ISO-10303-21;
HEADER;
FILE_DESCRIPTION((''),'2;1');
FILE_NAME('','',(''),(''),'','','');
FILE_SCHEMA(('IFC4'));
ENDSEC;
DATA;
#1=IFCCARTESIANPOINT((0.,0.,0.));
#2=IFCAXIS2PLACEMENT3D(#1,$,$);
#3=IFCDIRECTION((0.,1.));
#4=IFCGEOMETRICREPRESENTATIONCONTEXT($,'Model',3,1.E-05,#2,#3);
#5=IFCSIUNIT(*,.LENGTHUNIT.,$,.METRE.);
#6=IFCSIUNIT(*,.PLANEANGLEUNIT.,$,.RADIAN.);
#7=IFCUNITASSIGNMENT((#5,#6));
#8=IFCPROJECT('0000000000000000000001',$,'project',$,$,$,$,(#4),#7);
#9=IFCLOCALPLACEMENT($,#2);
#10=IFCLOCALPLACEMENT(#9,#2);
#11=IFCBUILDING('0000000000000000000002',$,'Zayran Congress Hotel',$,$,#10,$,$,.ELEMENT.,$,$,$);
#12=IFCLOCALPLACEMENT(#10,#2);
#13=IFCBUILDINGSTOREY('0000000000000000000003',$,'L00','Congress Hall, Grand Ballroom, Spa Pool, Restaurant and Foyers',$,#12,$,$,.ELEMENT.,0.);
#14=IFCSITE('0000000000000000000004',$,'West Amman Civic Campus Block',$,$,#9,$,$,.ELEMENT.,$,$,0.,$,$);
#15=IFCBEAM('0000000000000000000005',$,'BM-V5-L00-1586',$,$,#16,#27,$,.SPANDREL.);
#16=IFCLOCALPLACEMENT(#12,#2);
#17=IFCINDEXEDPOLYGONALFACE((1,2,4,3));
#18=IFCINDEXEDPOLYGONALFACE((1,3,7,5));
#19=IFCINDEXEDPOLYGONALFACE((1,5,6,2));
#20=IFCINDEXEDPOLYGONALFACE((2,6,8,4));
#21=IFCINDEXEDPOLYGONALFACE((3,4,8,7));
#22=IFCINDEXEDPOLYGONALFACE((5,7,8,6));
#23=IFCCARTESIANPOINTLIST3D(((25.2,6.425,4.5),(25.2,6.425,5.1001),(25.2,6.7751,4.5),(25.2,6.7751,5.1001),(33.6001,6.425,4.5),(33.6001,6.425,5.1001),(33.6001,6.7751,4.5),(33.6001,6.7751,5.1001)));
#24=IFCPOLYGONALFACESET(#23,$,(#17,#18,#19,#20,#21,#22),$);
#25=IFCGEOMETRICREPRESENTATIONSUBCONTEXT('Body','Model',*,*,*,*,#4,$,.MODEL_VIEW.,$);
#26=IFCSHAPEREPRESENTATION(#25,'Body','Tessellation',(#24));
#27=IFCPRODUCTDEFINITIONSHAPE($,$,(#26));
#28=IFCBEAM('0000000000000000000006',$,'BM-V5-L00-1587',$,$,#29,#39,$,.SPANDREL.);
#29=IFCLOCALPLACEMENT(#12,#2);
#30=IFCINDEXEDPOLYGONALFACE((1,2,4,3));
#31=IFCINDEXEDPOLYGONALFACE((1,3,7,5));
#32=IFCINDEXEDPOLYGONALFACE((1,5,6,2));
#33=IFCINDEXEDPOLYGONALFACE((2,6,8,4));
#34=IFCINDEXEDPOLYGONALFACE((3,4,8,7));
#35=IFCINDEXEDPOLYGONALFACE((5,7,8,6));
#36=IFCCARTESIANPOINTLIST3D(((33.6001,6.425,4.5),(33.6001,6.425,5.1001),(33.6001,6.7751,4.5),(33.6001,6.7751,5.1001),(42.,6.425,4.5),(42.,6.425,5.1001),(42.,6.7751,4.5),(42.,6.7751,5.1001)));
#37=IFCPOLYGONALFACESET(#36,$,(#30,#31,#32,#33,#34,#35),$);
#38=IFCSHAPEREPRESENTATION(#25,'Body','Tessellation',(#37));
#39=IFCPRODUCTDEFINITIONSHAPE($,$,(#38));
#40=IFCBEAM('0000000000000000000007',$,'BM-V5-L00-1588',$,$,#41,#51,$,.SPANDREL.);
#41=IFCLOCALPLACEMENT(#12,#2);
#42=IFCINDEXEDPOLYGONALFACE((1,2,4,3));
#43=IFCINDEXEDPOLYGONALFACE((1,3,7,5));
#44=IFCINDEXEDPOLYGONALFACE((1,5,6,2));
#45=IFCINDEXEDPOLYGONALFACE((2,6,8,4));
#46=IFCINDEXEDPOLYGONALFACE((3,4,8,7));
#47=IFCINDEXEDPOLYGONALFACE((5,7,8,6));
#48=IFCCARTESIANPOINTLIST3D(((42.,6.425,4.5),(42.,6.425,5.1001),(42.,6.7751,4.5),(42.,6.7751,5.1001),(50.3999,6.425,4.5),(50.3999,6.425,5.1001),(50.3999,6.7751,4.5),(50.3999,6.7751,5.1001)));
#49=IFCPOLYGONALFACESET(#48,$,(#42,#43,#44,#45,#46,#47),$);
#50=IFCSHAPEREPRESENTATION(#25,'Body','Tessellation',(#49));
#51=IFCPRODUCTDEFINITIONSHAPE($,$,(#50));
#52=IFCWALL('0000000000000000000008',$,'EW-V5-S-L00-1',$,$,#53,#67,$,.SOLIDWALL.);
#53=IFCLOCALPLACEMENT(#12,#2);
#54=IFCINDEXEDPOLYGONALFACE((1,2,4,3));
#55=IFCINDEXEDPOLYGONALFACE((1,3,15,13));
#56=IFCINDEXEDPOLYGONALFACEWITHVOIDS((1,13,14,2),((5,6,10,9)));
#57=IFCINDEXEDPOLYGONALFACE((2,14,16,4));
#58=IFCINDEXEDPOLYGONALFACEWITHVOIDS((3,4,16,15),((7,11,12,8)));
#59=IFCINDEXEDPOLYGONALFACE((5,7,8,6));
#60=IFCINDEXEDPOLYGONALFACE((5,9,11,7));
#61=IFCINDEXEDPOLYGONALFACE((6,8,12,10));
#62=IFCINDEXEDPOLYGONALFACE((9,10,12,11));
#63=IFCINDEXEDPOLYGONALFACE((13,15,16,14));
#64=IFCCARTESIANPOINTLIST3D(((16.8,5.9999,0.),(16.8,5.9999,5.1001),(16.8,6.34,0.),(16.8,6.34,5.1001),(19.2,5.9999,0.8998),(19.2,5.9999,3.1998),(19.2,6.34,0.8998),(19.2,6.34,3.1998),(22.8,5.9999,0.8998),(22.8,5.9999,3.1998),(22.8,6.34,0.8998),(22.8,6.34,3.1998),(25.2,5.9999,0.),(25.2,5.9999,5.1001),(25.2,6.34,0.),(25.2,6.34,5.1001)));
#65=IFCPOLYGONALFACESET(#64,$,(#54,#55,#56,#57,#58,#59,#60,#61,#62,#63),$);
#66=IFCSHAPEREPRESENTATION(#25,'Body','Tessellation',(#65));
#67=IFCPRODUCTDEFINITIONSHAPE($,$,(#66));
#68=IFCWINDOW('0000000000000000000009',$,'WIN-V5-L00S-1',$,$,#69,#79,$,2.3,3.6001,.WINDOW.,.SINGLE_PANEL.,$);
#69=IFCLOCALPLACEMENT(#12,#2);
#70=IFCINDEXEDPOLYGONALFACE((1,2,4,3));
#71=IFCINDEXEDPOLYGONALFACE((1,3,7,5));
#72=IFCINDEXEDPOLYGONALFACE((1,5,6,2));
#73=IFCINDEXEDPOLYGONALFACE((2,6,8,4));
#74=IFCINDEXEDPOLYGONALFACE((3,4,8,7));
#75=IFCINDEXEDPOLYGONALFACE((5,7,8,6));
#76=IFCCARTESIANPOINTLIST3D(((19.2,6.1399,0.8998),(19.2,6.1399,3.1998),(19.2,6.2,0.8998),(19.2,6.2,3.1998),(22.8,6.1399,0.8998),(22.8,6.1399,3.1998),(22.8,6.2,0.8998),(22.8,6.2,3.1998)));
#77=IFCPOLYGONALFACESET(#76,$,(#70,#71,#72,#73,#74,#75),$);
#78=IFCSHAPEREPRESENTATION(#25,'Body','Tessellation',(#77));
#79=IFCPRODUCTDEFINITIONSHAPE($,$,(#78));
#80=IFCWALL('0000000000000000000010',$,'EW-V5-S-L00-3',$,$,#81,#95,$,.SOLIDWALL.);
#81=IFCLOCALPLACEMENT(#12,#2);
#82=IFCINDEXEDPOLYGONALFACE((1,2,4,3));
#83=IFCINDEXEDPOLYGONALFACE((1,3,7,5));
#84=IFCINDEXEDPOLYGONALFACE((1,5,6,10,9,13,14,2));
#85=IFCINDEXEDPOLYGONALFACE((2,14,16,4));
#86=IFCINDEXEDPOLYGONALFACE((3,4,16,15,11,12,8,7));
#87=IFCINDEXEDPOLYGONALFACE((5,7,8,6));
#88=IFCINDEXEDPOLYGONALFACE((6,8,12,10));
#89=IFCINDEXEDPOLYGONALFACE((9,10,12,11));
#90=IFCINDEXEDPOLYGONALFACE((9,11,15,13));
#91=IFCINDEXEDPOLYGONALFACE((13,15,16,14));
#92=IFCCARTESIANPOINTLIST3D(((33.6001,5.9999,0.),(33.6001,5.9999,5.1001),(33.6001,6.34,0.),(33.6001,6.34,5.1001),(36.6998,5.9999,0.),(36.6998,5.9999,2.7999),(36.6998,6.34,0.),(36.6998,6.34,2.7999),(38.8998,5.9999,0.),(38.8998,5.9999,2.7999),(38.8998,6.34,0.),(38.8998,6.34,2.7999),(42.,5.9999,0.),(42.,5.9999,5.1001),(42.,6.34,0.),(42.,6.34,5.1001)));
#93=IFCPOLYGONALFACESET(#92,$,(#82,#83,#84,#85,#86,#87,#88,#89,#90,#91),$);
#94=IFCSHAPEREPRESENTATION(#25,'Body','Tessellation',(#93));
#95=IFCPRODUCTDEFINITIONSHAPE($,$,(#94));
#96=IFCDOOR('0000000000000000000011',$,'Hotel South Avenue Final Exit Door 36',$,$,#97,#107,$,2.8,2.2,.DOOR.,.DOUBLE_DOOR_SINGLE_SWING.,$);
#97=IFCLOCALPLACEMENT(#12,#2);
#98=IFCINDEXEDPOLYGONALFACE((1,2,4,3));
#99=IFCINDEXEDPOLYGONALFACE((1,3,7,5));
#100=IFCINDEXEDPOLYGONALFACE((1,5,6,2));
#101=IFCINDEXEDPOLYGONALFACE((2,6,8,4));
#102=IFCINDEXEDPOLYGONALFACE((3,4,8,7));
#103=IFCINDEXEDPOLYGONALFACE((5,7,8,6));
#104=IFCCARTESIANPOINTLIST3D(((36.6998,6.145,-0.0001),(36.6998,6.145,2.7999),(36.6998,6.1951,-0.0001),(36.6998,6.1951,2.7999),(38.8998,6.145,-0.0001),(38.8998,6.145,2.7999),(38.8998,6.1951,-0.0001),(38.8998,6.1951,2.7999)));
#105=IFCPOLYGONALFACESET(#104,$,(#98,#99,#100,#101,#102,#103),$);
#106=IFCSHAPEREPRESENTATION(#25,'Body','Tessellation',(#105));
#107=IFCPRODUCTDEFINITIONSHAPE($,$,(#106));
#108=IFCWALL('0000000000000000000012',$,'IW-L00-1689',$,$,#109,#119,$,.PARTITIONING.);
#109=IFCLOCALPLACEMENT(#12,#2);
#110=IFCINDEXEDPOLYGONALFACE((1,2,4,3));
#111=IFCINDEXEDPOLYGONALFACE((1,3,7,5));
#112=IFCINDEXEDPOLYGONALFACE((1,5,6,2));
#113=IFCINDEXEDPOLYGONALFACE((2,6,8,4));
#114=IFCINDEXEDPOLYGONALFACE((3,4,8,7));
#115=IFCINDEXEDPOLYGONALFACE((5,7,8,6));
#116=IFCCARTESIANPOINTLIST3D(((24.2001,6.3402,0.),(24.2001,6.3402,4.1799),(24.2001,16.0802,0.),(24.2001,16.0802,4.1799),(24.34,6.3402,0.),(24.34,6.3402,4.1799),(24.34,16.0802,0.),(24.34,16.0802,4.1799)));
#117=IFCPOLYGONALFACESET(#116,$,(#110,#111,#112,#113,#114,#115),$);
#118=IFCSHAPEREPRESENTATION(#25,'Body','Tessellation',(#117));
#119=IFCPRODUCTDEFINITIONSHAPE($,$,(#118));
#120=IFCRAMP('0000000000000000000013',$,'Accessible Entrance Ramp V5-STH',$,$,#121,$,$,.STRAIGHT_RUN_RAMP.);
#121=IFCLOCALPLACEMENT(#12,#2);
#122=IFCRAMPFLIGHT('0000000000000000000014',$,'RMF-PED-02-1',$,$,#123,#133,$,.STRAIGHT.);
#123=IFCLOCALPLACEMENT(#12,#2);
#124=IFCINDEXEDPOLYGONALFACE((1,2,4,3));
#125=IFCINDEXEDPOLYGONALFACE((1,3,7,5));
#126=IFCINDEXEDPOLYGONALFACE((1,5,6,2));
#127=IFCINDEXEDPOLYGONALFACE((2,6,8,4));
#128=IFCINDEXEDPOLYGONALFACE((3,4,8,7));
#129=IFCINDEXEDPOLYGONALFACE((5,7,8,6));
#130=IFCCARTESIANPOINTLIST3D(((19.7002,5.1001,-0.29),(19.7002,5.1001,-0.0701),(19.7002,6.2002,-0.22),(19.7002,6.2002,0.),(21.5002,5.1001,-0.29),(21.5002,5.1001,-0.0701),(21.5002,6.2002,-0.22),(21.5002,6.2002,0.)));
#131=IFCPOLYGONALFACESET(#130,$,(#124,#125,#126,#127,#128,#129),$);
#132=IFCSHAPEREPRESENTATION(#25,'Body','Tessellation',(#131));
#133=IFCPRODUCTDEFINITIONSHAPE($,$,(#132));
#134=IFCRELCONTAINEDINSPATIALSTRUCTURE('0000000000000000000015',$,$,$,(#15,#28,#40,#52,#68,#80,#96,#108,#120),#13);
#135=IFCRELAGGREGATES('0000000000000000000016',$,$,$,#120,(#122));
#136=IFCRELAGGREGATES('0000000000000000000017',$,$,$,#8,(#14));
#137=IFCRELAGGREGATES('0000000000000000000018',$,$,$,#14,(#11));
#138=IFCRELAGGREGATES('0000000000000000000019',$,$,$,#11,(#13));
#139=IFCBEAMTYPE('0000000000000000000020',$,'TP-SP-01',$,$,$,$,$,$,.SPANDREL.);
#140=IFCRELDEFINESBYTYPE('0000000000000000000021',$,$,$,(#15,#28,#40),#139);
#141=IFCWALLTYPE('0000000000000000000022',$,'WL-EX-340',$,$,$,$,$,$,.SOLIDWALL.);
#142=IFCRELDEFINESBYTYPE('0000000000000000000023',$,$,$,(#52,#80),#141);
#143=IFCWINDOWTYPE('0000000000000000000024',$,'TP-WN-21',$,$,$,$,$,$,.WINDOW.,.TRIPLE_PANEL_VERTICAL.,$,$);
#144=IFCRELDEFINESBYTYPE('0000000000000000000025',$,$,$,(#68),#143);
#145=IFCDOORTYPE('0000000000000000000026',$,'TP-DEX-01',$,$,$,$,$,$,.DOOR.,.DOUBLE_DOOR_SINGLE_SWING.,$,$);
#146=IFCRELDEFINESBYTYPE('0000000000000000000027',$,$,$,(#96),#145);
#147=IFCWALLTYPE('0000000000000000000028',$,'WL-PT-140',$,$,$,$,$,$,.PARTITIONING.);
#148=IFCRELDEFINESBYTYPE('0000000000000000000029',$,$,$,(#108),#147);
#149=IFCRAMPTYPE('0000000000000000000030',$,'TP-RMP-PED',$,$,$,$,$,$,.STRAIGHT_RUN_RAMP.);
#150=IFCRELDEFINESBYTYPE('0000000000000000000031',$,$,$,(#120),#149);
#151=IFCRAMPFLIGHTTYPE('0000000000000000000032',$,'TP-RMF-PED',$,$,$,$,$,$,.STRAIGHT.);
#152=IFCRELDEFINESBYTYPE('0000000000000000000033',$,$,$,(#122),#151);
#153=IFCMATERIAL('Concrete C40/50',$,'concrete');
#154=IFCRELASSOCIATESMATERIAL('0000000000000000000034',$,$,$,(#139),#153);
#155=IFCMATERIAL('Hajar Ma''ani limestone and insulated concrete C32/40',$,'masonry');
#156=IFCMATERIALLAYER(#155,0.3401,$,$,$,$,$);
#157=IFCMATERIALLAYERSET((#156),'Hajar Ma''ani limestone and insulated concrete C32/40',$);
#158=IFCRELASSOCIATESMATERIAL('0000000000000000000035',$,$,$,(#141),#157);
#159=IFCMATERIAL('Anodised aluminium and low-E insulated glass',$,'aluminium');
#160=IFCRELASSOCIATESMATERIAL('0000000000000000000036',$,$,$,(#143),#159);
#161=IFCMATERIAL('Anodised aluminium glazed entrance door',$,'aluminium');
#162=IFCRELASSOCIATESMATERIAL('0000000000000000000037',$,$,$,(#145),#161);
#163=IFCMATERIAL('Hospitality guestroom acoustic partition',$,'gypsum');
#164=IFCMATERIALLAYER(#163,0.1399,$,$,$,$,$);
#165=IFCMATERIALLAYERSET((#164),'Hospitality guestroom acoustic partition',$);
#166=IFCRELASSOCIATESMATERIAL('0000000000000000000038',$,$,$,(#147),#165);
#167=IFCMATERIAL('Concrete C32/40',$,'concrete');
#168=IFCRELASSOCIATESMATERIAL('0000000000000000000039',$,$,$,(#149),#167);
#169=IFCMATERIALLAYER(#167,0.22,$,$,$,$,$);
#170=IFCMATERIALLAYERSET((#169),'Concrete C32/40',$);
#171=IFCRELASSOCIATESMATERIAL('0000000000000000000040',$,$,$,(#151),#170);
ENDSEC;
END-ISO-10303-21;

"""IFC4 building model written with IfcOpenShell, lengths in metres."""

from ifc_helpers import new_model, si_unit, direction, frame, frame_2d, origin, origin_2d, place, context, subcontext, project, spatial, polyline, rectangle, outline, extrude, material, layer, layer_set, material_profile, profile_set, type_object, element, fill, aggregate, save


model = new_model("IFC4")

# Units and contexts
model_context = context("Model", 3, precision=1e-05, world=origin(), true_north=direction((0.0, 1.0)))
body_context = subcontext(model_context, "Body", "Model", "MODEL_VIEW")
ifc_project = project(units=[si_unit("LENGTHUNIT", "METRE"), si_unit("PLANEANGLEUNIT", "RADIAN")], contexts=[model_context])

# Site, building, storey
site_placement = place(None, origin())
site = spatial("IfcSite", under=ifc_project, at=site_placement, Name="West Amman Civic Campus Block", CompositionType="ELEMENT", RefElevation=0.0)
building_placement = place(site_placement, origin())
building = spatial("IfcBuilding", under=site, at=building_placement, Name="Zayran Congress Hotel", CompositionType="ELEMENT")
storey_placement = place(building_placement, origin())
storey = spatial("IfcBuildingStorey", under=building, at=storey_placement, Name="L00", Description="Congress Hall, Grand Ballroom, Spa Pool, Restaurant and Foyers", CompositionType="ELEMENT", Elevation=0.0)

# Shared definitions
ifc_material_1 = material(Name="Concrete C40/50", Category="concrete")

# Beams
ifc_material_profile_1 = material_profile(ifc_material_1, rectangle(XDim=0.3501, YDim=0.6001, at=origin_2d()), Name="RC 350x600")
ifc_profile_set_1 = profile_set([ifc_material_profile_1], Name="Concrete C40/50")
beam_type_1 = type_object("IfcBeamType", Name="TP-SP-01", PredefinedType="SPANDREL", material=ifc_profile_set_1)
beam_1_placement = place(storey_placement, frame((25.2, 6.6001, 4.8), z_axis=(1.0, 0.0, 0.0), x_axis=(0.0, 1.0, 0.0)))
element("IfcBeam", 1, at=beam_1_placement, inside=storey, type_object=beam_type_1, Name="BM-V5-L00-1586", PredefinedType="SPANDREL", context=body_context, shape_type="SweptSolid", body=[
    extrude(rectangle(XDim=0.3501, YDim=0.6001, at=origin_2d()), origin(), (0.0, 0.0, 1.0), 8.4001),
])
for number, where, z_axis, x_axis, name in (
    (2, (33.6001, 6.6001, 4.8), (1.0, 0.0, 0.0), (0.0, 1.0, 0.0), "BM-V5-L00-1587"),
    (3, (42.0, 6.6001, 4.8), (1.0, 0.0, 0.0), (0.0, 1.0, 0.0), "BM-V5-L00-1588"),
):
    element("IfcBeam", number, at=place(storey_placement, frame(where, z_axis=z_axis, x_axis=x_axis)), inside=storey, type_object=beam_type_1, Name=name, PredefinedType="SPANDREL", context=body_context, shape_type="SweptSolid", body=[
        extrude(rectangle(XDim=0.3501, YDim=0.6001, at=origin_2d()), origin(), (0.0, 0.0, 1.0), 8.3999),
    ])

# Wall, opening, window
ifc_material_2 = material(Name="Hajar Ma'ani limestone and insulated concrete C32/40", Category="masonry")
ifc_layer_1 = layer(ifc_material_2, 0.3401)
ifc_layer_set_1 = layer_set([ifc_layer_1], Name="Hajar Ma'ani limestone and insulated concrete C32/40")
wall_type_1 = type_object("IfcWallType", Name="WL-EX-340", PredefinedType="SOLIDWALL", material=ifc_layer_set_1)
wall_1_placement = place(storey_placement, frame((25.2, 6.1699, 0.0), z_axis=(0.0, 0.0, 1.0), x_axis=(-1.0, 0.0, 0.0)))
wall_1 = element("IfcWall", 4, at=wall_1_placement, inside=storey, type_object=wall_type_1, Name="EW-V5-S-L00-1", PredefinedType="SOLIDWALL", context=body_context, shape_type="SweptSolid", body=[
    extrude(rectangle(XDim=8.3999, YDim=0.3401, at=frame_2d((4.2, 0.0))), origin(), (0.0, 0.0, 1.0), 5.1001),
])
opening_1_placement = place(wall_1_placement, frame((2.3999, 0.0, 0.8999)))
opening_1 = element("IfcOpeningElement", 5, at=opening_1_placement, cuts=wall_1, PredefinedType="OPENING", context=body_context, shape_type="SweptSolid", body=[
    extrude(rectangle(XDim=3.6001, YDim=2.3, at=frame_2d((1.8, 1.1499))), frame((0.0, 0.1799, 0.0), z_axis=(0.0, -1.0, 0.0), x_axis=(1.0, 0.0, 0.0)), (0.0, 0.0, 1.0), 0.3601),
])
ifc_material_3 = material(Name="Anodised aluminium and low-E insulated glass", Category="aluminium")
window_type = type_object("IfcWindowType", Name="TP-WN-21", PartitioningType="TRIPLE_PANEL_VERTICAL", PredefinedType="WINDOW", material=ifc_material_3)
window_placement = place(opening_1_placement, origin())
window = element("IfcWindow", 6, at=window_placement, inside=storey, type_object=window_type, Name="WIN-V5-L00S-1", OverallHeight=2.3, OverallWidth=3.6001, PartitioningType="SINGLE_PANEL", PredefinedType="WINDOW", context=body_context, shape_type="SweptSolid", body=[
    extrude(rectangle(XDim=3.6001, YDim=2.3, at=frame_2d((1.8, 1.1499))), frame((0.0, 0.03, 0.0), z_axis=(0.0, -1.0, 0.0), x_axis=(1.0, 0.0, 0.0)), (0.0, 0.0, 1.0), 0.0601),
])
fill(opening_1, window)

# Wall, opening, door
wall_2_placement = place(storey_placement, frame((42.0, 6.1699, 0.0), z_axis=(0.0, 0.0, 1.0), x_axis=(-1.0, 0.0, 0.0)))
wall_2 = element("IfcWall", 7, at=wall_2_placement, inside=storey, type_object=wall_type_1, Name="EW-V5-S-L00-3", PredefinedType="SOLIDWALL", context=body_context, shape_type="SweptSolid", body=[
    extrude(rectangle(XDim=8.3999, YDim=0.3401, at=frame_2d((4.2, 0.0))), origin(), (0.0, 0.0, 1.0), 5.1001),
])
opening_2_placement = place(wall_2_placement, frame((3.1001, 0.0, 0.0)))
opening_2 = element("IfcOpeningElement", 8, at=opening_2_placement, cuts=wall_2, PredefinedType="OPENING", context=body_context, shape_type="SweptSolid", body=[
    extrude(rectangle(XDim=2.2, YDim=2.8, at=frame_2d((1.1001, 1.3999))), frame((0.0, 0.1799, 0.0), z_axis=(0.0, -1.0, 0.0), x_axis=(1.0, 0.0, 0.0)), (0.0, 0.0, 1.0), 0.3601),
])
ifc_material_4 = material(Name="Anodised aluminium glazed entrance door", Category="aluminium")
door_type_1 = type_object("IfcDoorType", Name="TP-DEX-01", OperationType="DOUBLE_DOOR_SINGLE_SWING", PredefinedType="DOOR", material=ifc_material_4)
door_1_placement = place(opening_2_placement, origin())
door_1 = element("IfcDoor", 9, at=door_1_placement, inside=storey, type_object=door_type_1, Name="Hotel South Avenue Final Exit Door 36", OperationType="DOUBLE_DOOR_SINGLE_SWING", OverallHeight=2.8, OverallWidth=2.2, PredefinedType="DOOR", context=body_context, shape_type="SweptSolid", body=[
    extrude(rectangle(XDim=2.2, YDim=2.8, at=frame_2d((1.1001, 1.3999))), frame((0.0, 0.0249, 0.0), z_axis=(0.0, -1.0, 0.0), x_axis=(1.0, 0.0, 0.0)), (0.0, 0.0, 1.0), 0.05),
])
fill(opening_2, door_1)

# Wall
ifc_material_5 = material(Name="Hospitality guestroom acoustic partition", Category="gypsum")
ifc_layer_2 = layer(ifc_material_5, 0.1399)
ifc_layer_set_2 = layer_set([ifc_layer_2], Name="Hospitality guestroom acoustic partition")
wall_type_2 = type_object("IfcWallType", Name="WL-PT-140", PredefinedType="PARTITIONING", material=ifc_layer_set_2)
wall_3_placement = place(storey_placement, frame((24.27, 6.3401, 0.0), z_axis=(0.0, 0.0, 1.0), x_axis=(0.0, 1.0, 0.0)))
element("IfcWall", 10, at=wall_3_placement, inside=storey, type_object=wall_type_2, Name="IW-L00-1689", PredefinedType="PARTITIONING", context=body_context, shape_type="SweptSolid", body=[
    extrude(rectangle(XDim=9.74, YDim=0.1399, at=frame_2d((4.8701, 0.0))), origin(), (0.0, 0.0, 1.0), 4.1799),
])

# Ramp, ramp flight
ifc_material_6 = material(Name="Concrete C32/40", Category="concrete")
ramp_type = type_object("IfcRampType", Name="TP-RMP-PED", PredefinedType="STRAIGHT_RUN_RAMP", material=ifc_material_6)
ramp_placement = place(storey_placement, origin())
ramp = element("IfcRamp", 11, at=ramp_placement, inside=storey, type_object=ramp_type, Name="Accessible Entrance Ramp V5-STH", PredefinedType="STRAIGHT_RUN_RAMP")
ifc_layer_3 = layer(ifc_material_6, 0.22)
ifc_layer_set_3 = layer_set([ifc_layer_3], Name="Concrete C32/40")
ramp_flight_type = type_object("IfcRampFlightType", Name="TP-RMF-PED", PredefinedType="STRAIGHT", material=ifc_layer_set_3)
ramp_flight_placement = place(storey_placement, frame((20.6001, 5.1001, -0.0701), z_axis=(0.0, 0.0, 1.0), x_axis=(0.0, 1.0, 0.0)))
ramp_flight = element("IfcRampFlight", 12, at=ramp_flight_placement, type_object=ramp_flight_type, Name="RMF-PED-02-1", PredefinedType="STRAIGHT", context=body_context, shape_type="SweptSolid", body=[
    extrude(outline(polyline([(0.0, 0.0), (1.1001, 0.0701), (1.1001, -0.1499), (0.0, -0.22), (0.0, 0.0)])), frame((0.0, 0.8999, 0.0), z_axis=(0.0, -1.0, 0.0), x_axis=(1.0, 0.0, 0.0)), (0.0, 0.0, 1.0), 1.8),
])
aggregate(ramp, [ramp_flight])

save(model, "model.ifc")
